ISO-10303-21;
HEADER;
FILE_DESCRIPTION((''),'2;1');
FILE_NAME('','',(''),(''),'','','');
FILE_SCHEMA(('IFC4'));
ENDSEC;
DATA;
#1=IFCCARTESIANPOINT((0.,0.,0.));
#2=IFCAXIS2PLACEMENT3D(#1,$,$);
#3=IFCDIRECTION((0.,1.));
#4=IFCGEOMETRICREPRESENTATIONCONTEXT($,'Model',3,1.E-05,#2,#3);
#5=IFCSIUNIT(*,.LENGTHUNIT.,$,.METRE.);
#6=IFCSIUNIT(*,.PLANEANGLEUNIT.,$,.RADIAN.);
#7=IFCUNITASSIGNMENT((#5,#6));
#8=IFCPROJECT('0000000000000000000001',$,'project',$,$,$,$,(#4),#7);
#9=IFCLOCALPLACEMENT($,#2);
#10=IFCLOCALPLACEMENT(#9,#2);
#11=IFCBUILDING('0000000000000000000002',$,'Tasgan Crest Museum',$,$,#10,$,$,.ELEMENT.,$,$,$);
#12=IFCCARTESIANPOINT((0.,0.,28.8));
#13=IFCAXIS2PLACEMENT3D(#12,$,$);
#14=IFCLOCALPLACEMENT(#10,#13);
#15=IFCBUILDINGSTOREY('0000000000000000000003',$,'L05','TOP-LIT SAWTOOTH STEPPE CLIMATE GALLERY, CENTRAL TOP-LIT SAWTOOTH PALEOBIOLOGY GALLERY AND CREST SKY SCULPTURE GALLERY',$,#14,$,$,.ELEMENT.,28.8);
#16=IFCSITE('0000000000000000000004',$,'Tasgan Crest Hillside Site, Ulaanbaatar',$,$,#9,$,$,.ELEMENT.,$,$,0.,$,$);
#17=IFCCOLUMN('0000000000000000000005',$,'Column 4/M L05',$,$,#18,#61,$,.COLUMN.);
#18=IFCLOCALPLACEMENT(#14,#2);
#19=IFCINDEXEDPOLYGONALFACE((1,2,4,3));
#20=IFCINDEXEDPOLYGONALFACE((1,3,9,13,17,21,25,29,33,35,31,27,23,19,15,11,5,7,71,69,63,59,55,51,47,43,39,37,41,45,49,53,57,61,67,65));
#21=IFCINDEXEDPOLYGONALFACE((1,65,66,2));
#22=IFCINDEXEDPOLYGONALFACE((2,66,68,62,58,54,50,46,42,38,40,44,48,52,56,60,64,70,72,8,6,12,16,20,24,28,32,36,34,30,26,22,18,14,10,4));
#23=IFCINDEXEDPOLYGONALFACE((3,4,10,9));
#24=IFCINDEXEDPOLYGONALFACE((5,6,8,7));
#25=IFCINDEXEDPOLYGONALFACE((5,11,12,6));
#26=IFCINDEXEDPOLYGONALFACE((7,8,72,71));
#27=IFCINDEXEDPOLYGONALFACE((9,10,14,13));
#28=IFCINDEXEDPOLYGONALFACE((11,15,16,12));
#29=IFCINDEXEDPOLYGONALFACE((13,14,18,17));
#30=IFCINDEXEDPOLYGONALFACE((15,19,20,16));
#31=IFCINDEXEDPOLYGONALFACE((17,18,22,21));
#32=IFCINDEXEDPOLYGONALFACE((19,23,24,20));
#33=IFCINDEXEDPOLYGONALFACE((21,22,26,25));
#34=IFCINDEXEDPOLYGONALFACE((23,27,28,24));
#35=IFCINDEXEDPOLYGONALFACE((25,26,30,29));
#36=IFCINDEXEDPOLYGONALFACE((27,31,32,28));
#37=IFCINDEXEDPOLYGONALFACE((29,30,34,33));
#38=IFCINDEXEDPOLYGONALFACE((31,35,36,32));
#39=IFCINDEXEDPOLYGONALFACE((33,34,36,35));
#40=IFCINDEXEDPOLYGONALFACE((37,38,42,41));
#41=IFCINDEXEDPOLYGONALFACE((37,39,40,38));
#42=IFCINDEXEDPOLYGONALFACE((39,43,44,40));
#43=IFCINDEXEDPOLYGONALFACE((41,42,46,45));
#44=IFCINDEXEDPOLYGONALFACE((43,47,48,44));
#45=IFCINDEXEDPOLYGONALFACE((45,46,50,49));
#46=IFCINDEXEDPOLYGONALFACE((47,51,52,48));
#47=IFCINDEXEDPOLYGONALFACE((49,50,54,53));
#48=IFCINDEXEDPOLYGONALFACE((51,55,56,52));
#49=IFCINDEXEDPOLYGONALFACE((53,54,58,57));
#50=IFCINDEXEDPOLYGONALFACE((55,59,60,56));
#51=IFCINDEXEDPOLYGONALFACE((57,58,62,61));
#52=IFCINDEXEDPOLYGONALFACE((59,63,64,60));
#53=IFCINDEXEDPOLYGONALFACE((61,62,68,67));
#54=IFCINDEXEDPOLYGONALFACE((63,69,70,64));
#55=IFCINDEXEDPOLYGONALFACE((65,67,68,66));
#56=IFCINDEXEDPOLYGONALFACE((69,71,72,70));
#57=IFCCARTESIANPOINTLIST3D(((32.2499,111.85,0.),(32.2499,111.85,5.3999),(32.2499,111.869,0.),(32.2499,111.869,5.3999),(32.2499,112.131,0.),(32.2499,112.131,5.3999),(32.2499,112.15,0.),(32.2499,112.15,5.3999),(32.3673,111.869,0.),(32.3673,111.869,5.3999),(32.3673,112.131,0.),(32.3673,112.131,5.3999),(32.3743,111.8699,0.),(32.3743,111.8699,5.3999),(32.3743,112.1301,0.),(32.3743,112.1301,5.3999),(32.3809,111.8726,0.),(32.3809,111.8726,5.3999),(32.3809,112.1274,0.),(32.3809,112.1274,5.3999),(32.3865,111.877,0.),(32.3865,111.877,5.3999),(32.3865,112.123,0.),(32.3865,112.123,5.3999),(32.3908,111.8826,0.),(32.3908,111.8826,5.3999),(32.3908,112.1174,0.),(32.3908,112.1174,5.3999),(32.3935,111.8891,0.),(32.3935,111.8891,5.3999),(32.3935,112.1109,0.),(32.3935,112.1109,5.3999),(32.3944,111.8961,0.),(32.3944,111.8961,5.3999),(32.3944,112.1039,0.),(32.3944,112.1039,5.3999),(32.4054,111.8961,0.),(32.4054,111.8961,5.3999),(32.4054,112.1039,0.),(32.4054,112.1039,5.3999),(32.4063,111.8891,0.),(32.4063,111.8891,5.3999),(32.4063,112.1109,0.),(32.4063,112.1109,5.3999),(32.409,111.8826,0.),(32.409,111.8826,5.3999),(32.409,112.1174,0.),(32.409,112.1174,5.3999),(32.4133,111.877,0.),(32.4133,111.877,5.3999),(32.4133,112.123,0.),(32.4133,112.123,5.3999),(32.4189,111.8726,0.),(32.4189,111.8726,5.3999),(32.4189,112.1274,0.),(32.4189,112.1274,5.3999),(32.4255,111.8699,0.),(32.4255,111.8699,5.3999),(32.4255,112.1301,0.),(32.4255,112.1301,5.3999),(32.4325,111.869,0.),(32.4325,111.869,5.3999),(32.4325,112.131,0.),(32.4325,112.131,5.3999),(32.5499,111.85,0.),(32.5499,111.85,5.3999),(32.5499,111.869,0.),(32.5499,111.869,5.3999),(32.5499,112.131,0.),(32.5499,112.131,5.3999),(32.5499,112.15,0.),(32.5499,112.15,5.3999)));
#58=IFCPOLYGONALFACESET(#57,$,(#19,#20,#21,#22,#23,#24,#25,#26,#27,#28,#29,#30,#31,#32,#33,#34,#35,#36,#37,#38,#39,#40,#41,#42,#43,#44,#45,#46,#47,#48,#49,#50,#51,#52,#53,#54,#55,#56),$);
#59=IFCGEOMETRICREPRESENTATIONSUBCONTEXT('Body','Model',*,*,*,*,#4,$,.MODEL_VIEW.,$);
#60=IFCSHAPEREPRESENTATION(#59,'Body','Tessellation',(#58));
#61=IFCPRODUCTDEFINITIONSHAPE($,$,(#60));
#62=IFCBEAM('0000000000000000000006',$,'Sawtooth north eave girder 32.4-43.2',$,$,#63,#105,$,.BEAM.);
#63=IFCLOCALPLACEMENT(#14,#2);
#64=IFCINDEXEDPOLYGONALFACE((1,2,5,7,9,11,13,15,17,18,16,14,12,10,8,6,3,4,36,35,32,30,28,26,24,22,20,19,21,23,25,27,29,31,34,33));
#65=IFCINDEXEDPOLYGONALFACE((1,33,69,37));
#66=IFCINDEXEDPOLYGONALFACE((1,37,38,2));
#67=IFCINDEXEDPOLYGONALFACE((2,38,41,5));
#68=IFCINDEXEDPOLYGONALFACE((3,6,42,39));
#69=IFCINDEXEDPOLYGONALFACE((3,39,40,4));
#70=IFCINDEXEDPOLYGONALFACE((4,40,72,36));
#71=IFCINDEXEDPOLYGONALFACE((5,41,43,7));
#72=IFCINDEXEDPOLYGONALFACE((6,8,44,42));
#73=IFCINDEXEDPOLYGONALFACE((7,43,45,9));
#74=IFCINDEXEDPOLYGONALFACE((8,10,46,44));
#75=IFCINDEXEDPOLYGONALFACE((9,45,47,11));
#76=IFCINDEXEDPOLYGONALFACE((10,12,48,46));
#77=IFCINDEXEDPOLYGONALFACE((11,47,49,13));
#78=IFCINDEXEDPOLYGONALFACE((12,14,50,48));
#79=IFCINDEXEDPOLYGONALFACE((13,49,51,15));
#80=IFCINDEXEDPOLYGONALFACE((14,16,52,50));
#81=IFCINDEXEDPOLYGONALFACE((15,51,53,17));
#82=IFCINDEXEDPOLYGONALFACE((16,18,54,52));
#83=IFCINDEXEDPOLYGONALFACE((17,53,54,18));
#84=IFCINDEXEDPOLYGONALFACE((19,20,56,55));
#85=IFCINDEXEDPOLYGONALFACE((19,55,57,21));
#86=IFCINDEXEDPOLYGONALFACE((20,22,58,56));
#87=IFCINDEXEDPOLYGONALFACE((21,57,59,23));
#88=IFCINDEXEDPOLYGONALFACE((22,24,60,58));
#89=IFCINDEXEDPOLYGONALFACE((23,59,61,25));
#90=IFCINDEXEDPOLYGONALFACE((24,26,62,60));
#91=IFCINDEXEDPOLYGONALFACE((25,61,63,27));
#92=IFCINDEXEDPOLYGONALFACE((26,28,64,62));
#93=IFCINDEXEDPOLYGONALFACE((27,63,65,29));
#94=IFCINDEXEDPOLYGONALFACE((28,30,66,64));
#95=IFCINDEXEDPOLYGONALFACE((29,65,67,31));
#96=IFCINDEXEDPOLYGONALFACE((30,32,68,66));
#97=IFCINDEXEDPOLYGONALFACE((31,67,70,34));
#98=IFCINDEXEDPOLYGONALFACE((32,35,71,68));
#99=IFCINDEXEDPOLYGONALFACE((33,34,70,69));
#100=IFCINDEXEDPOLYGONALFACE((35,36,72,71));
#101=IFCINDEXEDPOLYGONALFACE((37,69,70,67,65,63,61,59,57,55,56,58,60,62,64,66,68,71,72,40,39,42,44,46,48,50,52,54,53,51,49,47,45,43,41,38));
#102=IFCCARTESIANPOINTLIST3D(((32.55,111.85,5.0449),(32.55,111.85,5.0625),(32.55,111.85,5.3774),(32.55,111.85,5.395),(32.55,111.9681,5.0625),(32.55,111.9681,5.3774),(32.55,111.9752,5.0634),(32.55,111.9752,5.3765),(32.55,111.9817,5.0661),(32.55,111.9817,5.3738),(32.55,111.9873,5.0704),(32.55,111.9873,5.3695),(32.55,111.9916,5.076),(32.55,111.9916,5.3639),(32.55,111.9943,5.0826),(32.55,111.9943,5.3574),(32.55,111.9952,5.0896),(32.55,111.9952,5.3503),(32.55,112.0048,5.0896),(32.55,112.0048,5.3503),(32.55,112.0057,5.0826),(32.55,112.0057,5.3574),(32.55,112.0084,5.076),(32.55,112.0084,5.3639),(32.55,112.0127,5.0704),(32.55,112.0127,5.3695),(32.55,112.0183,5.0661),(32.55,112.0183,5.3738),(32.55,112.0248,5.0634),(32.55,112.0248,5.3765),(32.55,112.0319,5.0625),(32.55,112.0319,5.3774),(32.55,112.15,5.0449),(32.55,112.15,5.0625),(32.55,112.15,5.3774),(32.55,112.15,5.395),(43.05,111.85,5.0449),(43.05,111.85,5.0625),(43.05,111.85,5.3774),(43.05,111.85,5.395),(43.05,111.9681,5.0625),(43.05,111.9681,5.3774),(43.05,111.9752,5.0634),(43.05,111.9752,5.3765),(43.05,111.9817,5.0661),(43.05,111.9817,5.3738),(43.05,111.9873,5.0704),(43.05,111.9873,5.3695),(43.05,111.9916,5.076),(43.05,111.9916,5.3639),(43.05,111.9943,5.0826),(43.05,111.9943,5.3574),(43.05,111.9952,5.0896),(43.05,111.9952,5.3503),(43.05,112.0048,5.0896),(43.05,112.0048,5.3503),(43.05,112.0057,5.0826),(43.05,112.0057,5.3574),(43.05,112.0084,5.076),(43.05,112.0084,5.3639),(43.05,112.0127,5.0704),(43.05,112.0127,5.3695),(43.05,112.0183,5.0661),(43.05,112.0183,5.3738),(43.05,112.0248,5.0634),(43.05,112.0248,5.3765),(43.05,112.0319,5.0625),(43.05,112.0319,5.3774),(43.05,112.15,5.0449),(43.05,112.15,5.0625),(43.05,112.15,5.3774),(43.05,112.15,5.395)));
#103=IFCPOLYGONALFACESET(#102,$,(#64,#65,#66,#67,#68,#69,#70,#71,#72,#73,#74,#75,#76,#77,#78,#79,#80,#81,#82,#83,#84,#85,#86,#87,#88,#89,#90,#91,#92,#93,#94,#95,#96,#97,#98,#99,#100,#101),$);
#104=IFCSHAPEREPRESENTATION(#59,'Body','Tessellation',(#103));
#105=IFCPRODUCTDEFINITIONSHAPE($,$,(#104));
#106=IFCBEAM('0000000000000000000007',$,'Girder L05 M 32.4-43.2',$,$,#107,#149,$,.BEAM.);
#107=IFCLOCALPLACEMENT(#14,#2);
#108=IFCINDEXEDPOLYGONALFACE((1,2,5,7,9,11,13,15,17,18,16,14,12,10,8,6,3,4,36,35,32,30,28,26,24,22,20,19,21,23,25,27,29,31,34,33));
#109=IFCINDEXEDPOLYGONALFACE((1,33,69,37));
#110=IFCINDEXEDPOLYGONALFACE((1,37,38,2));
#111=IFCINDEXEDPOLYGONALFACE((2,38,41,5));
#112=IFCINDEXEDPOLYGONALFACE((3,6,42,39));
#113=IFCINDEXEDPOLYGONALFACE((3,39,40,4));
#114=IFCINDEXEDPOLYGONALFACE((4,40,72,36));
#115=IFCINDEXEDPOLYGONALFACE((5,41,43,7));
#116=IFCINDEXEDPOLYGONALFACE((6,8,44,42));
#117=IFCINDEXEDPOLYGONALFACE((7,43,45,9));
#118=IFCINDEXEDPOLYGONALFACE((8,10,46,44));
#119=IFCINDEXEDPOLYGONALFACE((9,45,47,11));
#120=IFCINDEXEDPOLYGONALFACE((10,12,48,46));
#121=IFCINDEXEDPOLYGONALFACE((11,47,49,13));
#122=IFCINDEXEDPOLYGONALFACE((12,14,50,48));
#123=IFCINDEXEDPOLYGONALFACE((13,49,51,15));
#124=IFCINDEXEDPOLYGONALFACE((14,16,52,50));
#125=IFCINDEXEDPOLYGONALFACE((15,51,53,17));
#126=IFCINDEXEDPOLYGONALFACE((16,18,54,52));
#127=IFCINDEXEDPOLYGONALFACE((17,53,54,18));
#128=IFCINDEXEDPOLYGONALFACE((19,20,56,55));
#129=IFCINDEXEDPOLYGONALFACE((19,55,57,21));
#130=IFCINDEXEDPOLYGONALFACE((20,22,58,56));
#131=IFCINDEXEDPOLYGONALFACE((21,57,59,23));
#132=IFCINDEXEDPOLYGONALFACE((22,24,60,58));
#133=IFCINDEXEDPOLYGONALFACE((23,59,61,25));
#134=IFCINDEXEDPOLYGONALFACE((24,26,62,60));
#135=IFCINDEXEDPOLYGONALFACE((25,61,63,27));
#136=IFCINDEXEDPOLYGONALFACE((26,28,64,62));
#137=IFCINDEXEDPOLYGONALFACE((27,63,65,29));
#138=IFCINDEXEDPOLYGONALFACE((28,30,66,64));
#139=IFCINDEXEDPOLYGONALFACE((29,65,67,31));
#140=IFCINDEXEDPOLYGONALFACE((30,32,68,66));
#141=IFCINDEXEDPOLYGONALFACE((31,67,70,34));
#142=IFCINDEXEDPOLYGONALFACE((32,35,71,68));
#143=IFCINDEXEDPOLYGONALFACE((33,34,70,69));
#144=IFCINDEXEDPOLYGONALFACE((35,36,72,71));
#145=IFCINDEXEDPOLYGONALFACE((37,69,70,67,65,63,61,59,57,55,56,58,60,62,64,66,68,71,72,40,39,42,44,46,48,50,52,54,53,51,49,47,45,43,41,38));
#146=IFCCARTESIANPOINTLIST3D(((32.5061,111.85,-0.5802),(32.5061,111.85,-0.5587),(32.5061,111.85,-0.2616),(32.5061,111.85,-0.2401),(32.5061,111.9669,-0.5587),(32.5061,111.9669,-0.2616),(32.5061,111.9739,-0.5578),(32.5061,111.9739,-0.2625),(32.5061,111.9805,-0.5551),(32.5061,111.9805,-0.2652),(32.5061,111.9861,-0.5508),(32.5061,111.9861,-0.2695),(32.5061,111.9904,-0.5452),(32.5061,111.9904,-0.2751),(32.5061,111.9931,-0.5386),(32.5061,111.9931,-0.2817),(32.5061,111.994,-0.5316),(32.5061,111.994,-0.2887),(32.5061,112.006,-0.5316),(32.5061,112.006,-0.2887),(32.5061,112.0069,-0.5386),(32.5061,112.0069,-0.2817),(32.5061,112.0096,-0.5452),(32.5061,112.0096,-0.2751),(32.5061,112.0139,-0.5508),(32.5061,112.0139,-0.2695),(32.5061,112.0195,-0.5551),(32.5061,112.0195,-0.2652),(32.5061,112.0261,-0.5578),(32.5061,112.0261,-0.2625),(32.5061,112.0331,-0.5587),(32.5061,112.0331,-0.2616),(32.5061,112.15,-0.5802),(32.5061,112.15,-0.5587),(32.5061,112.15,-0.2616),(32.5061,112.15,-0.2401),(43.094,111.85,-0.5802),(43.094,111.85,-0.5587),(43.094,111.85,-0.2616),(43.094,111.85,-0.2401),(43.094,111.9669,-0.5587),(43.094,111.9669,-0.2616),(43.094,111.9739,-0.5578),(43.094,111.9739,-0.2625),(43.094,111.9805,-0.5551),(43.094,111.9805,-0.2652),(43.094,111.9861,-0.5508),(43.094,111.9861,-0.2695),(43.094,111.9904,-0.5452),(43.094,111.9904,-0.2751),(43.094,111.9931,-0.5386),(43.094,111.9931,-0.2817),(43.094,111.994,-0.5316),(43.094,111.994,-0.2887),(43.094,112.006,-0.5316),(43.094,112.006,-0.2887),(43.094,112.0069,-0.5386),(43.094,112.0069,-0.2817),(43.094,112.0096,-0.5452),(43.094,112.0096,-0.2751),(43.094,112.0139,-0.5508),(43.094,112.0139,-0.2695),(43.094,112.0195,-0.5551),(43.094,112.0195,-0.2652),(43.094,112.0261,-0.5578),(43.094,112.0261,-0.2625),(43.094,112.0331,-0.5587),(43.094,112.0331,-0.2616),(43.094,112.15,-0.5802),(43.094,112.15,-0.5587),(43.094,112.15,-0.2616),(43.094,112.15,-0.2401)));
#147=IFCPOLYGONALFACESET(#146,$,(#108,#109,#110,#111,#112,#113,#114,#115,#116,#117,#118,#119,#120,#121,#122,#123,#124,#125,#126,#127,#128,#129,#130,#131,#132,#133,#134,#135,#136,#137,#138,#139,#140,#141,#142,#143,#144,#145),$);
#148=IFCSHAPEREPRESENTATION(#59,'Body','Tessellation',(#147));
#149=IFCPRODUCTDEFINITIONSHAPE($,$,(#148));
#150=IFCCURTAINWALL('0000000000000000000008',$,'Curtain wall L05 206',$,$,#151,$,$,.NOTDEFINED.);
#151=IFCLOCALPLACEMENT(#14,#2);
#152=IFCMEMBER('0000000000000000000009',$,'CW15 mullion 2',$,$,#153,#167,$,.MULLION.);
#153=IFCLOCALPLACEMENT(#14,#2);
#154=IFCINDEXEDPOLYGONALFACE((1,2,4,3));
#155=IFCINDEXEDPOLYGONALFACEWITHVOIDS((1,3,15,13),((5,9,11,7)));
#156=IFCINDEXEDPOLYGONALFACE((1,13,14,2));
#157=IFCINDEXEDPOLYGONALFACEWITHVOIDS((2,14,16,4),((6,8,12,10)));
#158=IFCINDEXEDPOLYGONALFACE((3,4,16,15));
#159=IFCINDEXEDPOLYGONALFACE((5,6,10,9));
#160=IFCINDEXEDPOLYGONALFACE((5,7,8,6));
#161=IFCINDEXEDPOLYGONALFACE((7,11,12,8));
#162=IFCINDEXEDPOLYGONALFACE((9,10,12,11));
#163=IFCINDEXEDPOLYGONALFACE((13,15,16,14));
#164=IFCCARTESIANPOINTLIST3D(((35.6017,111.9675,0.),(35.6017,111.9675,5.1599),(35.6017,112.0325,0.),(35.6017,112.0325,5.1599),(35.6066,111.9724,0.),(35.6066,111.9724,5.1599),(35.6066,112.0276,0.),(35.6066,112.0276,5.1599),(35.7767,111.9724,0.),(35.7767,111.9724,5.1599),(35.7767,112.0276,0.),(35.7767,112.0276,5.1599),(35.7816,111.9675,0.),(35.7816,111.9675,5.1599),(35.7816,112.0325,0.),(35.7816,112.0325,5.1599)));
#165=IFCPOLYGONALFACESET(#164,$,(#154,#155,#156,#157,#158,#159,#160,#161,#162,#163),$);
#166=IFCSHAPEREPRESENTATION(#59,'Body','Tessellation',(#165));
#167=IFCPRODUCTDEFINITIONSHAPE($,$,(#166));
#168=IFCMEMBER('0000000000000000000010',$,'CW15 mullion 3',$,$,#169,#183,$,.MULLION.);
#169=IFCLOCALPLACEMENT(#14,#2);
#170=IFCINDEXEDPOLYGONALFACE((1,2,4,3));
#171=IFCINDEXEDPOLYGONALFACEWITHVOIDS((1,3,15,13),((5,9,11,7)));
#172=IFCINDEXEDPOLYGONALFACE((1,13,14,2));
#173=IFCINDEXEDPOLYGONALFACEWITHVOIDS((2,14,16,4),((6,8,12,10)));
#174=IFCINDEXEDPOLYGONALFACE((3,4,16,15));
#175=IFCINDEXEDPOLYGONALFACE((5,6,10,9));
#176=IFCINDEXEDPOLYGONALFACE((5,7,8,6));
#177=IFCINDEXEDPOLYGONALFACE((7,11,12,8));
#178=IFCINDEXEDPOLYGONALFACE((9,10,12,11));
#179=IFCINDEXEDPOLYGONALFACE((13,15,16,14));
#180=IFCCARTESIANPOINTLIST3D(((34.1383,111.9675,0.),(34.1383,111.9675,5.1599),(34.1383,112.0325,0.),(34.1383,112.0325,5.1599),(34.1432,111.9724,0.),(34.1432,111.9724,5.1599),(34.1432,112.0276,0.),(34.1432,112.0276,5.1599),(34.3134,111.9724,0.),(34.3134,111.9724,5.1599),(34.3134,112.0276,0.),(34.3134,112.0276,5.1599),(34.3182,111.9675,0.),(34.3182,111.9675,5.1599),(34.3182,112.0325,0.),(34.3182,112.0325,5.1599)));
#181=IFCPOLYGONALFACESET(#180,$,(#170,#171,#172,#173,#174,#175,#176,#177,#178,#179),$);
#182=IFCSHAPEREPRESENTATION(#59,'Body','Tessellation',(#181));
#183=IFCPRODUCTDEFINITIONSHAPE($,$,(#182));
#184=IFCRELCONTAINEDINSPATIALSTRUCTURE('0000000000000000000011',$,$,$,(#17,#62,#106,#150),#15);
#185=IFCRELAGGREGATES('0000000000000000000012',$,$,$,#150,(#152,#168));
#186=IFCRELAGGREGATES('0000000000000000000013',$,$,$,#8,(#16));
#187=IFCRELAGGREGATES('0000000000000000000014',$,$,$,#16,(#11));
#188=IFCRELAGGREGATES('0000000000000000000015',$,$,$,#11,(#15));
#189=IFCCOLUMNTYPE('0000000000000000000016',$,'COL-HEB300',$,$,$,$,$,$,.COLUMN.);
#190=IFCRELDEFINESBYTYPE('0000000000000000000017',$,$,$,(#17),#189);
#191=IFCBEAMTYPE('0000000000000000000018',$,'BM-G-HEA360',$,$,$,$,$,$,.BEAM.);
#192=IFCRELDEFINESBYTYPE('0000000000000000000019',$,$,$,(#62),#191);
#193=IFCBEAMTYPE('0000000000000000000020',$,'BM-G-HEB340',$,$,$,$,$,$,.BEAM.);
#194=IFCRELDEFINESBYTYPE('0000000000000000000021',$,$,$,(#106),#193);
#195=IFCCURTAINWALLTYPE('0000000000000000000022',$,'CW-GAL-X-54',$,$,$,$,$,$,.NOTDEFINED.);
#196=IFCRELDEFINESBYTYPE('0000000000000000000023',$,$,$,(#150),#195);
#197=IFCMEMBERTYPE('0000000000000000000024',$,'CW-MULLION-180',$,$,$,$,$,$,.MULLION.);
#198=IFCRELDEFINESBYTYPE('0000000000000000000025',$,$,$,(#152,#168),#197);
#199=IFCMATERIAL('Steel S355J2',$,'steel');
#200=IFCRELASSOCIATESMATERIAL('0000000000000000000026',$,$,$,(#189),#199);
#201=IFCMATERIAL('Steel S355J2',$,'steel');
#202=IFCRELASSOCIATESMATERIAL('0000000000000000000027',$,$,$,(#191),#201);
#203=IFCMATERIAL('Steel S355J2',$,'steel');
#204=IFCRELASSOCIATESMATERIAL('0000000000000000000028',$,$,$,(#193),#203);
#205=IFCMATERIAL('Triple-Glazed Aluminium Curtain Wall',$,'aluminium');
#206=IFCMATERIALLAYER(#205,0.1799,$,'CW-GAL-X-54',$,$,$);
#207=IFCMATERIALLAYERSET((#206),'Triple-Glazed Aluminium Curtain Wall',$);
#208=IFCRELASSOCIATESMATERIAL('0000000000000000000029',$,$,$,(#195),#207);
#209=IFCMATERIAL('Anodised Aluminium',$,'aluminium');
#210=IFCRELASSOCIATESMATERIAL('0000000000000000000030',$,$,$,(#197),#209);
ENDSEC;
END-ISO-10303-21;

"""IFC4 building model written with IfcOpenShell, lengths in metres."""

from ifc_helpers import new_model, si_unit, direction, frame, origin, origin_2d, place, context, subcontext, project, spatial, hollow_rectangle, i_section, extrude, material, layer, layer_set, material_profile, profile_set, type_object, element, aggregate, save


model = new_model("IFC4")

# Units and contexts
model_context = context("Model", 3, precision=1e-05, world=origin(), true_north=direction((0.0, 1.0)))
body_context = subcontext(model_context, "Body", "Model", "MODEL_VIEW")
ifc_project = project(units=[si_unit("LENGTHUNIT", "METRE"), si_unit("PLANEANGLEUNIT", "RADIAN")], contexts=[model_context])

# Site, building, storey
site_placement = place(None, origin())
site = spatial("IfcSite", under=ifc_project, at=site_placement, Name="Tasgan Crest Hillside Site, Ulaanbaatar", CompositionType="ELEMENT", RefElevation=0.0)
building_placement = place(site_placement, origin())
building = spatial("IfcBuilding", under=site, at=building_placement, Name="Tasgan Crest Museum", CompositionType="ELEMENT")
storey_placement = place(building_placement, frame((0.0, 0.0, 28.8)))
storey = spatial("IfcBuildingStorey", under=building, at=storey_placement, Name="L05", Description="TOP-LIT SAWTOOTH STEPPE CLIMATE GALLERY, CENTRAL TOP-LIT SAWTOOTH PALEOBIOLOGY GALLERY AND CREST SKY SCULPTURE GALLERY", CompositionType="ELEMENT", Elevation=28.8)

# Column
ifc_material_1 = material(Name="Steel S355J2", Category="steel")
ifc_material_profile_1 = material_profile(ifc_material_1, i_section(OverallWidth=0.3, OverallDepth=0.3, WebThickness=0.011, FlangeThickness=0.019, FilletRadius=0.0271, at=origin_2d()), Name="HEB 300")
ifc_profile_set_1 = profile_set([ifc_material_profile_1], Name="Steel S355J2")
column_type = type_object("IfcColumnType", Name="COL-HEB300", PredefinedType="COLUMN", material=ifc_profile_set_1)
column_placement = place(storey_placement, frame((32.3999, 112.0, 0.0), z_axis=(0.0, 0.0, 1.0), x_axis=(1.0, 0.0, 0.0)))
element("IfcColumn", 1, at=column_placement, inside=storey, type_object=column_type, Name="Column 4/M L05", PredefinedType="COLUMN", context=body_context, shape_type="SweptSolid", body=[
    extrude(i_section(OverallWidth=0.3, OverallDepth=0.3, WebThickness=0.011, FlangeThickness=0.019, FilletRadius=0.0271, at=origin_2d()), origin(), (0.0, 0.0, 1.0), 5.3999),
])

# Beams
ifc_material_2 = material(Name="Steel S355J2", Category="steel")
ifc_material_profile_2 = material_profile(ifc_material_2, i_section(OverallWidth=0.3, OverallDepth=0.3501, WebThickness=0.0095, FlangeThickness=0.0176, FilletRadius=0.0271, at=origin_2d()), Name="HEA 360")
ifc_profile_set_2 = profile_set([ifc_material_profile_2], Name="Steel S355J2")
beam_type_1 = type_object("IfcBeamType", Name="BM-G-HEA360", PredefinedType="BEAM", material=ifc_profile_set_2)
beam_1_placement = place(storey_placement, frame((32.55, 112.0, 5.22), z_axis=(1.0, 0.0, 0.0), x_axis=(0.0, 1.0, 0.0)))
element("IfcBeam", 2, at=beam_1_placement, inside=storey, type_object=beam_type_1, Name="Sawtooth north eave girder 32.4-43.2", PredefinedType="BEAM", context=body_context, shape_type="SweptSolid", body=[
    extrude(i_section(OverallWidth=0.3, OverallDepth=0.3501, WebThickness=0.0095, FlangeThickness=0.0176, FilletRadius=0.0271, at=origin_2d()), origin(), (0.0, 0.0, 1.0), 10.5),
])
ifc_material_3 = material(Name="Steel S355J2", Category="steel")
ifc_material_profile_3 = material_profile(ifc_material_3, i_section(OverallWidth=0.3, OverallDepth=0.3401, WebThickness=0.012, FlangeThickness=0.0215, FilletRadius=0.0271, at=origin_2d()), Name="HEB 340")
ifc_profile_set_3 = profile_set([ifc_material_profile_3], Name="Steel S355J2")
beam_type_2 = type_object("IfcBeamType", Name="BM-G-HEB340", PredefinedType="BEAM", material=ifc_profile_set_3)
beam_2_placement = place(storey_placement, frame((32.5061, 112.0, -0.4102), z_axis=(1.0, 0.0, 0.0), x_axis=(0.0, 1.0, 0.0)))
element("IfcBeam", 3, at=beam_2_placement, inside=storey, type_object=beam_type_2, Name="Girder L05 M 32.4-43.2", PredefinedType="BEAM", context=body_context, shape_type="SweptSolid", body=[
    extrude(i_section(OverallWidth=0.3, OverallDepth=0.3401, WebThickness=0.012, FlangeThickness=0.0215, FilletRadius=0.0271, at=origin_2d()), origin(), (0.0, 0.0, 1.0), 10.5879),
])

# Curtain wall, members
ifc_material_4 = material(Name="Triple-Glazed Aluminium Curtain Wall", Category="aluminium")
ifc_layer_1 = layer(ifc_material_4, 0.1799, Name="CW-GAL-X-54")
ifc_layer_set_1 = layer_set([ifc_layer_1], Name="Triple-Glazed Aluminium Curtain Wall")
curtain_wall_type = type_object("IfcCurtainWallType", Name="CW-GAL-X-54", PredefinedType="NOTDEFINED", material=ifc_layer_set_1)
curtain_wall_1_placement = place(storey_placement, origin())
curtain_wall_1 = element("IfcCurtainWall", 4, at=curtain_wall_1_placement, inside=storey, type_object=curtain_wall_type, Name="Curtain wall L05 206", PredefinedType="NOTDEFINED")
ifc_material_5 = material(Name="Anodised Aluminium", Category="aluminium")
ifc_material_profile_4 = material_profile(ifc_material_5, hollow_rectangle(XDim=0.0649, YDim=0.1799, WallThickness=0.0049, at=origin_2d()), Name="ALU MULLION 180x65x5")
ifc_profile_set_4 = profile_set([ifc_material_profile_4], Name="Anodised Aluminium")
member_type_1 = type_object("IfcMemberType", Name="CW-MULLION-180", PredefinedType="MULLION", material=ifc_profile_set_4)
member_1_placement = place(storey_placement, frame((35.6917, 112.0, 0.0), z_axis=(0.0, 0.0, 1.0), x_axis=(0.0, -1.0, 0.0)))
member_1 = element("IfcMember", 5, at=member_1_placement, type_object=member_type_1, Name="CW15 mullion 2", PredefinedType="MULLION", context=body_context, shape_type="SweptSolid", body=[
    extrude(hollow_rectangle(XDim=0.0649, YDim=0.1799, WallThickness=0.0049, at=origin_2d()), origin(), (0.0, 0.0, 1.0), 5.1599),
])
member_2_placement = place(storey_placement, frame((34.2283, 112.0, 0.0), z_axis=(0.0, 0.0, 1.0), x_axis=(0.0, -1.0, 0.0)))
member_2 = element("IfcMember", 6, at=member_2_placement, type_object=member_type_1, Name="CW15 mullion 3", PredefinedType="MULLION", context=body_context, shape_type="SweptSolid", body=[
    extrude(hollow_rectangle(XDim=0.0649, YDim=0.1799, WallThickness=0.0049, at=origin_2d()), origin(), (0.0, 0.0, 1.0), 5.1599),
])

aggregate(curtain_wall_1, [member_1, member_2])

save(model, "model.ifc")
